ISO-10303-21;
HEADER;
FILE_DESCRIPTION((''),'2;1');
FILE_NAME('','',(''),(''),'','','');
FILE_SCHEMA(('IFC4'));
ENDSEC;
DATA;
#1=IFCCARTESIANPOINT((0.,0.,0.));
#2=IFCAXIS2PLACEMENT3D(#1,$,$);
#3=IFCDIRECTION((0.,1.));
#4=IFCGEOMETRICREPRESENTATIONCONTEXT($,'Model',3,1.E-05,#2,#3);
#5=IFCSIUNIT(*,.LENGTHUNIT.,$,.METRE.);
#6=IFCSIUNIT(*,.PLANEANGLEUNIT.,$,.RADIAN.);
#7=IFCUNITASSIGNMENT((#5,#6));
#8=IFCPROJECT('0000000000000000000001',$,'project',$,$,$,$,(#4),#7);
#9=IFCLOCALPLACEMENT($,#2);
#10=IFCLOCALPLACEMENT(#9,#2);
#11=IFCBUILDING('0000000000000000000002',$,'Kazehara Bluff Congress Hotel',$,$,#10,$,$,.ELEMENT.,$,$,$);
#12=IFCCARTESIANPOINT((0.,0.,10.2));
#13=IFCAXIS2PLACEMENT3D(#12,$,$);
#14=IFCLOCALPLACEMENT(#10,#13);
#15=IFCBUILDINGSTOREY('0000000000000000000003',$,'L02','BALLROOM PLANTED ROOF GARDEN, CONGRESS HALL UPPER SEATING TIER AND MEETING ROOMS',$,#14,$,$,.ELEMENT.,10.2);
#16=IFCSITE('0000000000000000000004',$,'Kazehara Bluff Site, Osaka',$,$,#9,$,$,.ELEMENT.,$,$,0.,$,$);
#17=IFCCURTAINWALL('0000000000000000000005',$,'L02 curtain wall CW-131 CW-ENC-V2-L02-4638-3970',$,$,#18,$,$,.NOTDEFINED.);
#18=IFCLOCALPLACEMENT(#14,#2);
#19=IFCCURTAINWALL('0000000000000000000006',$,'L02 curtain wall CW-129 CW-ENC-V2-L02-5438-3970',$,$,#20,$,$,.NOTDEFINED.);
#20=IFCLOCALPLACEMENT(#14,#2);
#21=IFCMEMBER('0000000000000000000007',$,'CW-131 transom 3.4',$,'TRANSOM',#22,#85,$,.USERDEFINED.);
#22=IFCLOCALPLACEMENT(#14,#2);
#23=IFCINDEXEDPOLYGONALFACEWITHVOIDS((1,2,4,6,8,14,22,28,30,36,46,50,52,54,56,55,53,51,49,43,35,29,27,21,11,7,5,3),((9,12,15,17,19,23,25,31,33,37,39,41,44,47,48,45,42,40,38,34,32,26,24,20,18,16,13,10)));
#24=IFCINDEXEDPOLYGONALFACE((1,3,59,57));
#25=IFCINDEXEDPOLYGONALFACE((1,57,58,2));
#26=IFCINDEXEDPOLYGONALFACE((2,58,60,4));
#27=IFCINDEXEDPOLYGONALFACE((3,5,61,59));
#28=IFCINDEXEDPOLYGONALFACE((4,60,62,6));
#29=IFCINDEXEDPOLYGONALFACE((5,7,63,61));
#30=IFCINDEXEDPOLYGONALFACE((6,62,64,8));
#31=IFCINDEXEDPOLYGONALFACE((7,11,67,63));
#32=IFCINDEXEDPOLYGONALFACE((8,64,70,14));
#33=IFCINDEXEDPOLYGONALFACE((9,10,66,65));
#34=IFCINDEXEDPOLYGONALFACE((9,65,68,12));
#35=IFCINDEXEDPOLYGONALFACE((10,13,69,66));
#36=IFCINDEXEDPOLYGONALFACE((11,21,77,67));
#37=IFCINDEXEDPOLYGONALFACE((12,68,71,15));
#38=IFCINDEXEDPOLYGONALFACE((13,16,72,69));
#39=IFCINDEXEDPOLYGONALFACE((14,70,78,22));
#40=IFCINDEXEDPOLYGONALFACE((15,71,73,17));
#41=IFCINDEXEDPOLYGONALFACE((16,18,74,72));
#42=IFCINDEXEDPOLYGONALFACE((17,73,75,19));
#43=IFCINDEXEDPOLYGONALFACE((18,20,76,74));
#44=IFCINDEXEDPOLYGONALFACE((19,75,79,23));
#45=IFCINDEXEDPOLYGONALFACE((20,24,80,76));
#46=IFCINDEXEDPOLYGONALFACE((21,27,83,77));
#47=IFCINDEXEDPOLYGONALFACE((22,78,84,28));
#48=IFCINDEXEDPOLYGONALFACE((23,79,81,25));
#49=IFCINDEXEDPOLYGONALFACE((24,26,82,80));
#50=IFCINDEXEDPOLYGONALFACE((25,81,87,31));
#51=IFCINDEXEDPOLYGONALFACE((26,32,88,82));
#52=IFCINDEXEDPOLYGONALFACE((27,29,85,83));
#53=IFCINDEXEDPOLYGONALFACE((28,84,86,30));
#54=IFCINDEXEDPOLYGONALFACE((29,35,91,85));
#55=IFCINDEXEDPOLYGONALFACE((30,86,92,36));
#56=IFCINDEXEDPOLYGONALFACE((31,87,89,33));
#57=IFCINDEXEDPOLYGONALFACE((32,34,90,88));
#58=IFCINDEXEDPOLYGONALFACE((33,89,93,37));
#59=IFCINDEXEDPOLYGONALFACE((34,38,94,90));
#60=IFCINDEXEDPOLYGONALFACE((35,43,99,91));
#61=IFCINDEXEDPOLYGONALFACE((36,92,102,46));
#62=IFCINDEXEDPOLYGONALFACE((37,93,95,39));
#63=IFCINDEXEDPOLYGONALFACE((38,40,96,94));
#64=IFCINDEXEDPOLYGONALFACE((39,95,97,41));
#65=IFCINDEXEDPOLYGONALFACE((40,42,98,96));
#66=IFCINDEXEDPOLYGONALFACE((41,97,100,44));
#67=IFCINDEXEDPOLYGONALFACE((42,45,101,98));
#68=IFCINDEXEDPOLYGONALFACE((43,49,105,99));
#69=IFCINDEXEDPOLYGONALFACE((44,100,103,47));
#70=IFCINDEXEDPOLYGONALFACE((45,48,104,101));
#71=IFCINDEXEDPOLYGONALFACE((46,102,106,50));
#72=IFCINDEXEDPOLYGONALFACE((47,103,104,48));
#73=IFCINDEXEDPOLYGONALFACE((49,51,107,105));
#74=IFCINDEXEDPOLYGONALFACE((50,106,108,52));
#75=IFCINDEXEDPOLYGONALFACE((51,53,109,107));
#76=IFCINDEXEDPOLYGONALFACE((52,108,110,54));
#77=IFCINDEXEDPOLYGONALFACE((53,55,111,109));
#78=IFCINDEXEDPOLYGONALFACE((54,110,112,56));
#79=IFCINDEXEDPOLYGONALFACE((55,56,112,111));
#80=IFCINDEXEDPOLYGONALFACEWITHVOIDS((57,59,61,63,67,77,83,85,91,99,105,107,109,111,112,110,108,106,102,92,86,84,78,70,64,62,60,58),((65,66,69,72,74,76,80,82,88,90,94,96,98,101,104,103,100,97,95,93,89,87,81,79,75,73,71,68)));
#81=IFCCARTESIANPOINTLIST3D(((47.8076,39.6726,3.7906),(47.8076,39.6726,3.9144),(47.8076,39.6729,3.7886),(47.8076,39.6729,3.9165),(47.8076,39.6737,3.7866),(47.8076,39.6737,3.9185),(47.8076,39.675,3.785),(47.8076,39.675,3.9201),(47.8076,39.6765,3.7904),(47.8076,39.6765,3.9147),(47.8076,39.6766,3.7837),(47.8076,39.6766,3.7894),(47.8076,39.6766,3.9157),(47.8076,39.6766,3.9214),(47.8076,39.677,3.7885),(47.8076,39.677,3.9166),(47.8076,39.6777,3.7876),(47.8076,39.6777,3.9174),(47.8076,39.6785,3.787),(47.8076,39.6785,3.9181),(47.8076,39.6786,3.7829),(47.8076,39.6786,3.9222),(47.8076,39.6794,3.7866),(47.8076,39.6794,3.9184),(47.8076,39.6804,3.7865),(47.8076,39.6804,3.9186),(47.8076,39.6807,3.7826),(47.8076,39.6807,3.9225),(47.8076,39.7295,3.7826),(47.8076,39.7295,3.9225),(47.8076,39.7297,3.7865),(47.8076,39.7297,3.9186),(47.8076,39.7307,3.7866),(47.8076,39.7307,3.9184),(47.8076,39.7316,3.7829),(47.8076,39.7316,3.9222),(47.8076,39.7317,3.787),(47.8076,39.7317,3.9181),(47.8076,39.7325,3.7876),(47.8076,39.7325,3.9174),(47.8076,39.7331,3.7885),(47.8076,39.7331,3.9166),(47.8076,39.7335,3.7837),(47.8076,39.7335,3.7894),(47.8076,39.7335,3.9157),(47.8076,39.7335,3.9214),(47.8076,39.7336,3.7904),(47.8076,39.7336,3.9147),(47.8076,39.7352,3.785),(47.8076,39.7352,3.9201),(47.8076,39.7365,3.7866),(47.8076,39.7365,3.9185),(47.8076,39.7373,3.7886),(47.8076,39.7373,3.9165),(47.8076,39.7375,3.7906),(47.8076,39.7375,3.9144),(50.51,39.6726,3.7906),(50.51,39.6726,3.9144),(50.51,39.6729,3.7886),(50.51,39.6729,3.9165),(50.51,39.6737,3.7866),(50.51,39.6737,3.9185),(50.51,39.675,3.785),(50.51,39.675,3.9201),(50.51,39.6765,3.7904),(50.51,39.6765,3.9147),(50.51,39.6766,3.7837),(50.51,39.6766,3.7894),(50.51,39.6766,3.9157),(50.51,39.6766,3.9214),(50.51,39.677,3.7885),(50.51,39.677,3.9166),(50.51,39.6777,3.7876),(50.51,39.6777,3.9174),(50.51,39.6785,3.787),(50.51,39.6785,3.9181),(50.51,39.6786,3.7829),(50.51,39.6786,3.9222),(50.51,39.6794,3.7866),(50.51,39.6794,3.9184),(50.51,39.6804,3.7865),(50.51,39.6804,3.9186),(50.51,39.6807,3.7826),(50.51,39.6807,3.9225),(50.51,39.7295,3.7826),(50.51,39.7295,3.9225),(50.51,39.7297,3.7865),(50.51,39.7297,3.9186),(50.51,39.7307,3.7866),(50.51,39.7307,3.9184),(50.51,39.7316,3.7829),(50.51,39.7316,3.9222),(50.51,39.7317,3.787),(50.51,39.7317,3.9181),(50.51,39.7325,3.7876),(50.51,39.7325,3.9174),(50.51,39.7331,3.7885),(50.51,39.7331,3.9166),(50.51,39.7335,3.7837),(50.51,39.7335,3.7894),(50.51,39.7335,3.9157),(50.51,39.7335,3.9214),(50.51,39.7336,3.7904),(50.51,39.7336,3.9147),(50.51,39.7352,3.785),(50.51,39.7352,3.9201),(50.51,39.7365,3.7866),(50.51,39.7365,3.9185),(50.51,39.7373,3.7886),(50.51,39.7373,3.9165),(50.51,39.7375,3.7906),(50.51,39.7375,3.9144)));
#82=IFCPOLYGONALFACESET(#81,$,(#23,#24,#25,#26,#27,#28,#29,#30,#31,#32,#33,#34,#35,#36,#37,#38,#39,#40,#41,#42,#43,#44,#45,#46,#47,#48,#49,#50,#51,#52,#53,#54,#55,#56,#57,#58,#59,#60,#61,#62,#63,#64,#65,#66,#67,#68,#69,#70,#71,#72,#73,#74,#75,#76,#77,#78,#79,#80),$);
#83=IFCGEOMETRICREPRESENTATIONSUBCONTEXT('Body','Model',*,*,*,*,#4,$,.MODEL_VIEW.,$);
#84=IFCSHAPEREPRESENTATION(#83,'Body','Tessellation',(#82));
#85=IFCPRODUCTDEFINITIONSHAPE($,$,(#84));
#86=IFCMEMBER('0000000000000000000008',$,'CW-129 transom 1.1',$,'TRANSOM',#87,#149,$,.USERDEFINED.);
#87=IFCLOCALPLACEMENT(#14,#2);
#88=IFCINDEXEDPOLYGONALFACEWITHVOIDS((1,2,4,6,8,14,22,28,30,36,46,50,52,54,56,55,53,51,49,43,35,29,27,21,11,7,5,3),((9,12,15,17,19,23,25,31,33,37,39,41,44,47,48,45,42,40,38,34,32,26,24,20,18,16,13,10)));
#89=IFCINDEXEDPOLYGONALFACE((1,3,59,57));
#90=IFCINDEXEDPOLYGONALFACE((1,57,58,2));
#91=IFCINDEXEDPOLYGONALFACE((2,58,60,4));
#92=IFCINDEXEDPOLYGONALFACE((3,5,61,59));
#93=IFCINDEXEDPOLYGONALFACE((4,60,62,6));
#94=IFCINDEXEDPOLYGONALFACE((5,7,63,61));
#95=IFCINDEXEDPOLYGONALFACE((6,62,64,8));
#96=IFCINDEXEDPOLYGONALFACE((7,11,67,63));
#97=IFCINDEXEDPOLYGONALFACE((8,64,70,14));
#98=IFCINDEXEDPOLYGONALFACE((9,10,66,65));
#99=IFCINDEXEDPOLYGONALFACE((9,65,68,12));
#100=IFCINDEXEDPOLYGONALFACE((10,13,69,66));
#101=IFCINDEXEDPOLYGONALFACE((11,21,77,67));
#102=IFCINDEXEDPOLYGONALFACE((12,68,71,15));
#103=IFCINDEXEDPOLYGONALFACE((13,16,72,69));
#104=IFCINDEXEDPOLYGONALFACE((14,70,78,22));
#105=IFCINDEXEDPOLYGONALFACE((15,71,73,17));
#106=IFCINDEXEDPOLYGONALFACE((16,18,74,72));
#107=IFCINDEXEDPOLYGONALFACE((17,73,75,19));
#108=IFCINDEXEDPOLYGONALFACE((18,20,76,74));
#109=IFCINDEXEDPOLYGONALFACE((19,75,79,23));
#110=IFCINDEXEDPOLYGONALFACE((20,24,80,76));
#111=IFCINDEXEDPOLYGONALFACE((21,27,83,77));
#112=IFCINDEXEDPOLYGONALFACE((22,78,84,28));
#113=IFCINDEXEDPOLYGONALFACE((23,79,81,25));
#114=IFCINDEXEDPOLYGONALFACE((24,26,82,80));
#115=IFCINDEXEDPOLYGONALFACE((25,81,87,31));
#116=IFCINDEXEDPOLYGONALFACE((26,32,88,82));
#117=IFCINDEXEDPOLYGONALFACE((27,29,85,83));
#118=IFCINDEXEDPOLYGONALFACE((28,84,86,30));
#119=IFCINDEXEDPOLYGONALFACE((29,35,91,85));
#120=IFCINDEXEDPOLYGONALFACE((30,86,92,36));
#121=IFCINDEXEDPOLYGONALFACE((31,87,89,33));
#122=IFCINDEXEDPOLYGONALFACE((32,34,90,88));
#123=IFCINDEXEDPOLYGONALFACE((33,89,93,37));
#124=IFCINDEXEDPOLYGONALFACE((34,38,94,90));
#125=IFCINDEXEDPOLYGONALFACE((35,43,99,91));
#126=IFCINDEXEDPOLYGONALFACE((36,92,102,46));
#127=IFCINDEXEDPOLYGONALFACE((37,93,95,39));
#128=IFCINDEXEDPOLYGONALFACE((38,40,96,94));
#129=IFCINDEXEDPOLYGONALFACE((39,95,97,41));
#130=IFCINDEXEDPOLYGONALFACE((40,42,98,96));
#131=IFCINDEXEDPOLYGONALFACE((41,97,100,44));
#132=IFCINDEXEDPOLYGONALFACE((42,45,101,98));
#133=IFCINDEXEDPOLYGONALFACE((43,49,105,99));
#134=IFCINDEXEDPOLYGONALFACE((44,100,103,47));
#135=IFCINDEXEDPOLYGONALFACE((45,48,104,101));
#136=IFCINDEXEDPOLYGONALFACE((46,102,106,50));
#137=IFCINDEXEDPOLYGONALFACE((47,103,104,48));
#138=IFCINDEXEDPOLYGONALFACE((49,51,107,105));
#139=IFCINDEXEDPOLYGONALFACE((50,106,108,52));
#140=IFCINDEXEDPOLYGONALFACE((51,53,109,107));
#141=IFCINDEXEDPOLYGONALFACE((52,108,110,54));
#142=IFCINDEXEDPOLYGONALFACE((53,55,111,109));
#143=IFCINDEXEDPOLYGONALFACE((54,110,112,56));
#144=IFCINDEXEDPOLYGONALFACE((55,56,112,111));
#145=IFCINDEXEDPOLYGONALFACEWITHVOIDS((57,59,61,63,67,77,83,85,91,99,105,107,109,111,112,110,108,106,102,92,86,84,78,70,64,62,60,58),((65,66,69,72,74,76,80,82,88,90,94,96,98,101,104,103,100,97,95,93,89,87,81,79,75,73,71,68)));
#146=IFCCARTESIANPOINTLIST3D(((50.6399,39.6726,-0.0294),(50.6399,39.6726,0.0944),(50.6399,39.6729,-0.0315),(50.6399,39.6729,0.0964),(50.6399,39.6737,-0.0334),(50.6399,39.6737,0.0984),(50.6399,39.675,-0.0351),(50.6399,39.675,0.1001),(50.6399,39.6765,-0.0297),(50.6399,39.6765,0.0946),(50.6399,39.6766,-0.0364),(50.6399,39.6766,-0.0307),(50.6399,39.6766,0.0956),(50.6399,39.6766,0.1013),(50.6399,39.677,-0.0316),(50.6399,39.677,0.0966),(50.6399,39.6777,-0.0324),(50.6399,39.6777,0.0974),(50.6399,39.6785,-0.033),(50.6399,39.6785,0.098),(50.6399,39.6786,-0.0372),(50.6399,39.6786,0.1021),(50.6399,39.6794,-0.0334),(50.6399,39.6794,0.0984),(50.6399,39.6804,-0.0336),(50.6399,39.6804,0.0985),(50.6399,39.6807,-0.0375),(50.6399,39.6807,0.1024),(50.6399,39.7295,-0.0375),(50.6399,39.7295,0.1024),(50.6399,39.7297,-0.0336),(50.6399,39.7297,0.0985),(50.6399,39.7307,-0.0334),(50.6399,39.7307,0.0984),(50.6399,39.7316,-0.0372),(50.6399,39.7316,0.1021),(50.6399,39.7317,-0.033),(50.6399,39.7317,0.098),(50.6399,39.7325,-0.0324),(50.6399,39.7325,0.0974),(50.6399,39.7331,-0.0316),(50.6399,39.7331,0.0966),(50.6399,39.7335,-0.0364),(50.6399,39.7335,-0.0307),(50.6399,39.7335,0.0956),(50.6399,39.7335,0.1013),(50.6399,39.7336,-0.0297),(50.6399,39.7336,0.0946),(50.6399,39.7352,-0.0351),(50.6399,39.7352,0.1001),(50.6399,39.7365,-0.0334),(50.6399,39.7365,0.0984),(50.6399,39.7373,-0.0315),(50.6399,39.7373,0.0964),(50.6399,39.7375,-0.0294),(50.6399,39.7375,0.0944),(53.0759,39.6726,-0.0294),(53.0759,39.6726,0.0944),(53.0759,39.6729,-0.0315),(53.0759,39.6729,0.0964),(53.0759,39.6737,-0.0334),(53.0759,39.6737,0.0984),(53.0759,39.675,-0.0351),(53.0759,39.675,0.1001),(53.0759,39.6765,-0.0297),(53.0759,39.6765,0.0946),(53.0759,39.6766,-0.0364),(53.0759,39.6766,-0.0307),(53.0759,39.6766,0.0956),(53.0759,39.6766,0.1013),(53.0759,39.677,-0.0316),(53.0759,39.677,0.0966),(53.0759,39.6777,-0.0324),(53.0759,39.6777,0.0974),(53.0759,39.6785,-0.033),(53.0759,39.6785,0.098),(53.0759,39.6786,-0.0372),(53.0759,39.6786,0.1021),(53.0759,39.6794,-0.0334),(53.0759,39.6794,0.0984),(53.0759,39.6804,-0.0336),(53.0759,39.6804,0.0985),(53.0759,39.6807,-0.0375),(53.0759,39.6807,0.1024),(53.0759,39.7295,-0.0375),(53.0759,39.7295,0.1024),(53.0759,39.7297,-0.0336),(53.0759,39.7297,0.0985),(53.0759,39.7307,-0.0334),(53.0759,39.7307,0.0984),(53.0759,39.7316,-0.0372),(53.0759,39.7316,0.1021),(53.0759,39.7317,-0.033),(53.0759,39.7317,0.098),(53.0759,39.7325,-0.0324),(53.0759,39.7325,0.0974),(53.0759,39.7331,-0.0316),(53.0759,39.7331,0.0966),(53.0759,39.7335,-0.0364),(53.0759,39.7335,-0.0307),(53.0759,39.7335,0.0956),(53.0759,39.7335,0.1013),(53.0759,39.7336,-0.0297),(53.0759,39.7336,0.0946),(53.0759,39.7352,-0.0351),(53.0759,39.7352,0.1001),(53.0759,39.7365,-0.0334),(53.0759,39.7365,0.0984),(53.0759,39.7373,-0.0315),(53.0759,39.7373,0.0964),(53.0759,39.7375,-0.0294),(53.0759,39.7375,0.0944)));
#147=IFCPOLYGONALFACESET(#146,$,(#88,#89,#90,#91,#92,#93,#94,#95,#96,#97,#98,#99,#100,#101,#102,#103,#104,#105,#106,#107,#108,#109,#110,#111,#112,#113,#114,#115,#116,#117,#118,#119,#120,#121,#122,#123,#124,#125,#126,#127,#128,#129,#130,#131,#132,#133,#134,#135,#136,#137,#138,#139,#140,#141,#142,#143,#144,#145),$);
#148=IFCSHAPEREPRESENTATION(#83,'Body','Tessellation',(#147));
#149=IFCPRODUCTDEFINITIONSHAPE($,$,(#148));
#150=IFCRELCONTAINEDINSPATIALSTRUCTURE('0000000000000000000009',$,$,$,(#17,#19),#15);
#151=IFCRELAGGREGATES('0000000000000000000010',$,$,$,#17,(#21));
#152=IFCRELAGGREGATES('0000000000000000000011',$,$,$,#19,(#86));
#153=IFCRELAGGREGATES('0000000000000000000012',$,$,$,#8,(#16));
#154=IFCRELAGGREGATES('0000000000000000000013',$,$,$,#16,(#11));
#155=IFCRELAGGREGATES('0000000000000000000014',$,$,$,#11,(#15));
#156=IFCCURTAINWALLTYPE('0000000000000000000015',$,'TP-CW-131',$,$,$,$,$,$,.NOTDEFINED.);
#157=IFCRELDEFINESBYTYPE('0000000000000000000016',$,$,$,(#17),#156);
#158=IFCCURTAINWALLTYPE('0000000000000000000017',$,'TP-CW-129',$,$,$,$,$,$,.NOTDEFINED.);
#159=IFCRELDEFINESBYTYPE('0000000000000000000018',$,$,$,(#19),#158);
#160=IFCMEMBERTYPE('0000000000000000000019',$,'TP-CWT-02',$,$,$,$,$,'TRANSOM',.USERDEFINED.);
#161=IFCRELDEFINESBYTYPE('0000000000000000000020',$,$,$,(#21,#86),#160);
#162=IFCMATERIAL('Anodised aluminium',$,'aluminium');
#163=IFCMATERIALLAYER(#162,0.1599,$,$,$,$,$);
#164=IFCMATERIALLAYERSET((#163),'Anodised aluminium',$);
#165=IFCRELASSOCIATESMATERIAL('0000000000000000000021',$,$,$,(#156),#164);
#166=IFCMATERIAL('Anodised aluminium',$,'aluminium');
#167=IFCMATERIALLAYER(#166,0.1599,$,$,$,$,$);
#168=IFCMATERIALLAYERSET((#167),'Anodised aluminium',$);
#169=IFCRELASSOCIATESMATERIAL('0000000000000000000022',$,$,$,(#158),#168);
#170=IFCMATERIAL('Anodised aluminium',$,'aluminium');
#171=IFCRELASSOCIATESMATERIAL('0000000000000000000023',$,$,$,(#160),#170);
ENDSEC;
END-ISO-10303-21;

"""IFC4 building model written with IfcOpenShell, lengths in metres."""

from ifc_helpers import new_model, si_unit, direction, frame, origin, origin_2d, place, context, subcontext, project, spatial, hollow_rectangle, extrude, material, layer, layer_set, material_profile, profile_set, type_object, element, aggregate, save


model = new_model("IFC4")

# Units and contexts
model_context = context("Model", 3, precision=1e-05, world=origin(), true_north=direction((0.0, 1.0)))
body_context = subcontext(model_context, "Body", "Model", "MODEL_VIEW")
ifc_project = project(units=[si_unit("LENGTHUNIT", "METRE"), si_unit("PLANEANGLEUNIT", "RADIAN")], contexts=[model_context])

# Site, building, storey
site_placement = place(None, origin())
site = spatial("IfcSite", under=ifc_project, at=site_placement, Name="Kazehara Bluff Site, Osaka", CompositionType="ELEMENT", RefElevation=0.0)
building_placement = place(site_placement, origin())
building = spatial("IfcBuilding", under=site, at=building_placement, Name="Kazehara Bluff Congress Hotel", CompositionType="ELEMENT")
storey_placement = place(building_placement, frame((0.0, 0.0, 10.2)))
storey = spatial("IfcBuildingStorey", under=building, at=storey_placement, Name="L02", Description="BALLROOM PLANTED ROOF GARDEN, CONGRESS HALL UPPER SEATING TIER AND MEETING ROOMS", CompositionType="ELEMENT", Elevation=10.2)

# Curtain walls
ifc_material_1 = material(Name="Anodised aluminium", Category="aluminium")
ifc_layer_1 = layer(ifc_material_1, 0.1599)
ifc_layer_set_1 = layer_set([ifc_layer_1], Name="Anodised aluminium")
curtain_wall_type_1 = type_object("IfcCurtainWallType", Name="TP-CW-131", PredefinedType="NOTDEFINED", material=ifc_layer_set_1)
curtain_wall_1_placement = place(storey_placement, origin())
curtain_wall_1 = element("IfcCurtainWall", 1, at=curtain_wall_1_placement, inside=storey, type_object=curtain_wall_type_1, Name="L02 curtain wall CW-131 CW-ENC-V2-L02-4638-3970", PredefinedType="NOTDEFINED")
ifc_material_2 = material(Name="Anodised aluminium", Category="aluminium")
ifc_layer_2 = layer(ifc_material_2, 0.1599)
ifc_layer_set_2 = layer_set([ifc_layer_2], Name="Anodised aluminium")
curtain_wall_type_2 = type_object("IfcCurtainWallType", Name="TP-CW-129", PredefinedType="NOTDEFINED", material=ifc_layer_set_2)
curtain_wall_2_placement = place(storey_placement, origin())
curtain_wall_2 = element("IfcCurtainWall", 2, at=curtain_wall_2_placement, inside=storey, type_object=curtain_wall_type_2, Name="L02 curtain wall CW-129 CW-ENC-V2-L02-5438-3970", PredefinedType="NOTDEFINED")

# Shared definitions
ifc_material_3 = material(Name="Anodised aluminium", Category="aluminium")
ifc_material_profile_1 = material_profile(ifc_material_3, hollow_rectangle(XDim=0.0649, YDim=0.1399, WallThickness=0.0039, InnerFilletRadius=0.0039, OuterFilletRadius=0.0081, at=origin_2d()))
ifc_profile_set_1 = profile_set([ifc_material_profile_1], Name="Anodised aluminium")
member_type_1 = type_object("IfcMemberType", Name="TP-CWT-02", ElementType="TRANSOM", PredefinedType="USERDEFINED", material=ifc_profile_set_1)

# Members
member_1_placement = place(storey_placement, frame((47.8076, 39.7051, 3.8525), z_axis=(1.0, 0.0, 0.0), x_axis=(0.0, 1.0, 0.0)))
member_1 = element("IfcMember", 3, at=member_1_placement, type_object=member_type_1, Name="CW-131 transom 3.4", ObjectType="TRANSOM", PredefinedType="USERDEFINED", context=body_context, shape_type="SweptSolid", body=[
    extrude(hollow_rectangle(XDim=0.0649, YDim=0.1399, WallThickness=0.0039, InnerFilletRadius=0.0039, OuterFilletRadius=0.0081, at=origin_2d()), origin(), (0.0, 0.0, 1.0), 2.7024),
])
member_2_placement = place(storey_placement, frame((50.6399, 39.7051, 0.0325), z_axis=(1.0, 0.0, 0.0), x_axis=(0.0, 1.0, 0.0)))
member_2 = element("IfcMember", 4, at=member_2_placement, type_object=member_type_1, Name="CW-129 transom 1.1", ObjectType="TRANSOM", PredefinedType="USERDEFINED", context=body_context, shape_type="SweptSolid", body=[
    extrude(hollow_rectangle(XDim=0.0649, YDim=0.1399, WallThickness=0.0039, InnerFilletRadius=0.0039, OuterFilletRadius=0.0081, at=origin_2d()), origin(), (0.0, 0.0, 1.0), 2.436),
])

aggregate(curtain_wall_1, [member_1])
aggregate(curtain_wall_2, [member_2])

save(model, "model.ifc")
